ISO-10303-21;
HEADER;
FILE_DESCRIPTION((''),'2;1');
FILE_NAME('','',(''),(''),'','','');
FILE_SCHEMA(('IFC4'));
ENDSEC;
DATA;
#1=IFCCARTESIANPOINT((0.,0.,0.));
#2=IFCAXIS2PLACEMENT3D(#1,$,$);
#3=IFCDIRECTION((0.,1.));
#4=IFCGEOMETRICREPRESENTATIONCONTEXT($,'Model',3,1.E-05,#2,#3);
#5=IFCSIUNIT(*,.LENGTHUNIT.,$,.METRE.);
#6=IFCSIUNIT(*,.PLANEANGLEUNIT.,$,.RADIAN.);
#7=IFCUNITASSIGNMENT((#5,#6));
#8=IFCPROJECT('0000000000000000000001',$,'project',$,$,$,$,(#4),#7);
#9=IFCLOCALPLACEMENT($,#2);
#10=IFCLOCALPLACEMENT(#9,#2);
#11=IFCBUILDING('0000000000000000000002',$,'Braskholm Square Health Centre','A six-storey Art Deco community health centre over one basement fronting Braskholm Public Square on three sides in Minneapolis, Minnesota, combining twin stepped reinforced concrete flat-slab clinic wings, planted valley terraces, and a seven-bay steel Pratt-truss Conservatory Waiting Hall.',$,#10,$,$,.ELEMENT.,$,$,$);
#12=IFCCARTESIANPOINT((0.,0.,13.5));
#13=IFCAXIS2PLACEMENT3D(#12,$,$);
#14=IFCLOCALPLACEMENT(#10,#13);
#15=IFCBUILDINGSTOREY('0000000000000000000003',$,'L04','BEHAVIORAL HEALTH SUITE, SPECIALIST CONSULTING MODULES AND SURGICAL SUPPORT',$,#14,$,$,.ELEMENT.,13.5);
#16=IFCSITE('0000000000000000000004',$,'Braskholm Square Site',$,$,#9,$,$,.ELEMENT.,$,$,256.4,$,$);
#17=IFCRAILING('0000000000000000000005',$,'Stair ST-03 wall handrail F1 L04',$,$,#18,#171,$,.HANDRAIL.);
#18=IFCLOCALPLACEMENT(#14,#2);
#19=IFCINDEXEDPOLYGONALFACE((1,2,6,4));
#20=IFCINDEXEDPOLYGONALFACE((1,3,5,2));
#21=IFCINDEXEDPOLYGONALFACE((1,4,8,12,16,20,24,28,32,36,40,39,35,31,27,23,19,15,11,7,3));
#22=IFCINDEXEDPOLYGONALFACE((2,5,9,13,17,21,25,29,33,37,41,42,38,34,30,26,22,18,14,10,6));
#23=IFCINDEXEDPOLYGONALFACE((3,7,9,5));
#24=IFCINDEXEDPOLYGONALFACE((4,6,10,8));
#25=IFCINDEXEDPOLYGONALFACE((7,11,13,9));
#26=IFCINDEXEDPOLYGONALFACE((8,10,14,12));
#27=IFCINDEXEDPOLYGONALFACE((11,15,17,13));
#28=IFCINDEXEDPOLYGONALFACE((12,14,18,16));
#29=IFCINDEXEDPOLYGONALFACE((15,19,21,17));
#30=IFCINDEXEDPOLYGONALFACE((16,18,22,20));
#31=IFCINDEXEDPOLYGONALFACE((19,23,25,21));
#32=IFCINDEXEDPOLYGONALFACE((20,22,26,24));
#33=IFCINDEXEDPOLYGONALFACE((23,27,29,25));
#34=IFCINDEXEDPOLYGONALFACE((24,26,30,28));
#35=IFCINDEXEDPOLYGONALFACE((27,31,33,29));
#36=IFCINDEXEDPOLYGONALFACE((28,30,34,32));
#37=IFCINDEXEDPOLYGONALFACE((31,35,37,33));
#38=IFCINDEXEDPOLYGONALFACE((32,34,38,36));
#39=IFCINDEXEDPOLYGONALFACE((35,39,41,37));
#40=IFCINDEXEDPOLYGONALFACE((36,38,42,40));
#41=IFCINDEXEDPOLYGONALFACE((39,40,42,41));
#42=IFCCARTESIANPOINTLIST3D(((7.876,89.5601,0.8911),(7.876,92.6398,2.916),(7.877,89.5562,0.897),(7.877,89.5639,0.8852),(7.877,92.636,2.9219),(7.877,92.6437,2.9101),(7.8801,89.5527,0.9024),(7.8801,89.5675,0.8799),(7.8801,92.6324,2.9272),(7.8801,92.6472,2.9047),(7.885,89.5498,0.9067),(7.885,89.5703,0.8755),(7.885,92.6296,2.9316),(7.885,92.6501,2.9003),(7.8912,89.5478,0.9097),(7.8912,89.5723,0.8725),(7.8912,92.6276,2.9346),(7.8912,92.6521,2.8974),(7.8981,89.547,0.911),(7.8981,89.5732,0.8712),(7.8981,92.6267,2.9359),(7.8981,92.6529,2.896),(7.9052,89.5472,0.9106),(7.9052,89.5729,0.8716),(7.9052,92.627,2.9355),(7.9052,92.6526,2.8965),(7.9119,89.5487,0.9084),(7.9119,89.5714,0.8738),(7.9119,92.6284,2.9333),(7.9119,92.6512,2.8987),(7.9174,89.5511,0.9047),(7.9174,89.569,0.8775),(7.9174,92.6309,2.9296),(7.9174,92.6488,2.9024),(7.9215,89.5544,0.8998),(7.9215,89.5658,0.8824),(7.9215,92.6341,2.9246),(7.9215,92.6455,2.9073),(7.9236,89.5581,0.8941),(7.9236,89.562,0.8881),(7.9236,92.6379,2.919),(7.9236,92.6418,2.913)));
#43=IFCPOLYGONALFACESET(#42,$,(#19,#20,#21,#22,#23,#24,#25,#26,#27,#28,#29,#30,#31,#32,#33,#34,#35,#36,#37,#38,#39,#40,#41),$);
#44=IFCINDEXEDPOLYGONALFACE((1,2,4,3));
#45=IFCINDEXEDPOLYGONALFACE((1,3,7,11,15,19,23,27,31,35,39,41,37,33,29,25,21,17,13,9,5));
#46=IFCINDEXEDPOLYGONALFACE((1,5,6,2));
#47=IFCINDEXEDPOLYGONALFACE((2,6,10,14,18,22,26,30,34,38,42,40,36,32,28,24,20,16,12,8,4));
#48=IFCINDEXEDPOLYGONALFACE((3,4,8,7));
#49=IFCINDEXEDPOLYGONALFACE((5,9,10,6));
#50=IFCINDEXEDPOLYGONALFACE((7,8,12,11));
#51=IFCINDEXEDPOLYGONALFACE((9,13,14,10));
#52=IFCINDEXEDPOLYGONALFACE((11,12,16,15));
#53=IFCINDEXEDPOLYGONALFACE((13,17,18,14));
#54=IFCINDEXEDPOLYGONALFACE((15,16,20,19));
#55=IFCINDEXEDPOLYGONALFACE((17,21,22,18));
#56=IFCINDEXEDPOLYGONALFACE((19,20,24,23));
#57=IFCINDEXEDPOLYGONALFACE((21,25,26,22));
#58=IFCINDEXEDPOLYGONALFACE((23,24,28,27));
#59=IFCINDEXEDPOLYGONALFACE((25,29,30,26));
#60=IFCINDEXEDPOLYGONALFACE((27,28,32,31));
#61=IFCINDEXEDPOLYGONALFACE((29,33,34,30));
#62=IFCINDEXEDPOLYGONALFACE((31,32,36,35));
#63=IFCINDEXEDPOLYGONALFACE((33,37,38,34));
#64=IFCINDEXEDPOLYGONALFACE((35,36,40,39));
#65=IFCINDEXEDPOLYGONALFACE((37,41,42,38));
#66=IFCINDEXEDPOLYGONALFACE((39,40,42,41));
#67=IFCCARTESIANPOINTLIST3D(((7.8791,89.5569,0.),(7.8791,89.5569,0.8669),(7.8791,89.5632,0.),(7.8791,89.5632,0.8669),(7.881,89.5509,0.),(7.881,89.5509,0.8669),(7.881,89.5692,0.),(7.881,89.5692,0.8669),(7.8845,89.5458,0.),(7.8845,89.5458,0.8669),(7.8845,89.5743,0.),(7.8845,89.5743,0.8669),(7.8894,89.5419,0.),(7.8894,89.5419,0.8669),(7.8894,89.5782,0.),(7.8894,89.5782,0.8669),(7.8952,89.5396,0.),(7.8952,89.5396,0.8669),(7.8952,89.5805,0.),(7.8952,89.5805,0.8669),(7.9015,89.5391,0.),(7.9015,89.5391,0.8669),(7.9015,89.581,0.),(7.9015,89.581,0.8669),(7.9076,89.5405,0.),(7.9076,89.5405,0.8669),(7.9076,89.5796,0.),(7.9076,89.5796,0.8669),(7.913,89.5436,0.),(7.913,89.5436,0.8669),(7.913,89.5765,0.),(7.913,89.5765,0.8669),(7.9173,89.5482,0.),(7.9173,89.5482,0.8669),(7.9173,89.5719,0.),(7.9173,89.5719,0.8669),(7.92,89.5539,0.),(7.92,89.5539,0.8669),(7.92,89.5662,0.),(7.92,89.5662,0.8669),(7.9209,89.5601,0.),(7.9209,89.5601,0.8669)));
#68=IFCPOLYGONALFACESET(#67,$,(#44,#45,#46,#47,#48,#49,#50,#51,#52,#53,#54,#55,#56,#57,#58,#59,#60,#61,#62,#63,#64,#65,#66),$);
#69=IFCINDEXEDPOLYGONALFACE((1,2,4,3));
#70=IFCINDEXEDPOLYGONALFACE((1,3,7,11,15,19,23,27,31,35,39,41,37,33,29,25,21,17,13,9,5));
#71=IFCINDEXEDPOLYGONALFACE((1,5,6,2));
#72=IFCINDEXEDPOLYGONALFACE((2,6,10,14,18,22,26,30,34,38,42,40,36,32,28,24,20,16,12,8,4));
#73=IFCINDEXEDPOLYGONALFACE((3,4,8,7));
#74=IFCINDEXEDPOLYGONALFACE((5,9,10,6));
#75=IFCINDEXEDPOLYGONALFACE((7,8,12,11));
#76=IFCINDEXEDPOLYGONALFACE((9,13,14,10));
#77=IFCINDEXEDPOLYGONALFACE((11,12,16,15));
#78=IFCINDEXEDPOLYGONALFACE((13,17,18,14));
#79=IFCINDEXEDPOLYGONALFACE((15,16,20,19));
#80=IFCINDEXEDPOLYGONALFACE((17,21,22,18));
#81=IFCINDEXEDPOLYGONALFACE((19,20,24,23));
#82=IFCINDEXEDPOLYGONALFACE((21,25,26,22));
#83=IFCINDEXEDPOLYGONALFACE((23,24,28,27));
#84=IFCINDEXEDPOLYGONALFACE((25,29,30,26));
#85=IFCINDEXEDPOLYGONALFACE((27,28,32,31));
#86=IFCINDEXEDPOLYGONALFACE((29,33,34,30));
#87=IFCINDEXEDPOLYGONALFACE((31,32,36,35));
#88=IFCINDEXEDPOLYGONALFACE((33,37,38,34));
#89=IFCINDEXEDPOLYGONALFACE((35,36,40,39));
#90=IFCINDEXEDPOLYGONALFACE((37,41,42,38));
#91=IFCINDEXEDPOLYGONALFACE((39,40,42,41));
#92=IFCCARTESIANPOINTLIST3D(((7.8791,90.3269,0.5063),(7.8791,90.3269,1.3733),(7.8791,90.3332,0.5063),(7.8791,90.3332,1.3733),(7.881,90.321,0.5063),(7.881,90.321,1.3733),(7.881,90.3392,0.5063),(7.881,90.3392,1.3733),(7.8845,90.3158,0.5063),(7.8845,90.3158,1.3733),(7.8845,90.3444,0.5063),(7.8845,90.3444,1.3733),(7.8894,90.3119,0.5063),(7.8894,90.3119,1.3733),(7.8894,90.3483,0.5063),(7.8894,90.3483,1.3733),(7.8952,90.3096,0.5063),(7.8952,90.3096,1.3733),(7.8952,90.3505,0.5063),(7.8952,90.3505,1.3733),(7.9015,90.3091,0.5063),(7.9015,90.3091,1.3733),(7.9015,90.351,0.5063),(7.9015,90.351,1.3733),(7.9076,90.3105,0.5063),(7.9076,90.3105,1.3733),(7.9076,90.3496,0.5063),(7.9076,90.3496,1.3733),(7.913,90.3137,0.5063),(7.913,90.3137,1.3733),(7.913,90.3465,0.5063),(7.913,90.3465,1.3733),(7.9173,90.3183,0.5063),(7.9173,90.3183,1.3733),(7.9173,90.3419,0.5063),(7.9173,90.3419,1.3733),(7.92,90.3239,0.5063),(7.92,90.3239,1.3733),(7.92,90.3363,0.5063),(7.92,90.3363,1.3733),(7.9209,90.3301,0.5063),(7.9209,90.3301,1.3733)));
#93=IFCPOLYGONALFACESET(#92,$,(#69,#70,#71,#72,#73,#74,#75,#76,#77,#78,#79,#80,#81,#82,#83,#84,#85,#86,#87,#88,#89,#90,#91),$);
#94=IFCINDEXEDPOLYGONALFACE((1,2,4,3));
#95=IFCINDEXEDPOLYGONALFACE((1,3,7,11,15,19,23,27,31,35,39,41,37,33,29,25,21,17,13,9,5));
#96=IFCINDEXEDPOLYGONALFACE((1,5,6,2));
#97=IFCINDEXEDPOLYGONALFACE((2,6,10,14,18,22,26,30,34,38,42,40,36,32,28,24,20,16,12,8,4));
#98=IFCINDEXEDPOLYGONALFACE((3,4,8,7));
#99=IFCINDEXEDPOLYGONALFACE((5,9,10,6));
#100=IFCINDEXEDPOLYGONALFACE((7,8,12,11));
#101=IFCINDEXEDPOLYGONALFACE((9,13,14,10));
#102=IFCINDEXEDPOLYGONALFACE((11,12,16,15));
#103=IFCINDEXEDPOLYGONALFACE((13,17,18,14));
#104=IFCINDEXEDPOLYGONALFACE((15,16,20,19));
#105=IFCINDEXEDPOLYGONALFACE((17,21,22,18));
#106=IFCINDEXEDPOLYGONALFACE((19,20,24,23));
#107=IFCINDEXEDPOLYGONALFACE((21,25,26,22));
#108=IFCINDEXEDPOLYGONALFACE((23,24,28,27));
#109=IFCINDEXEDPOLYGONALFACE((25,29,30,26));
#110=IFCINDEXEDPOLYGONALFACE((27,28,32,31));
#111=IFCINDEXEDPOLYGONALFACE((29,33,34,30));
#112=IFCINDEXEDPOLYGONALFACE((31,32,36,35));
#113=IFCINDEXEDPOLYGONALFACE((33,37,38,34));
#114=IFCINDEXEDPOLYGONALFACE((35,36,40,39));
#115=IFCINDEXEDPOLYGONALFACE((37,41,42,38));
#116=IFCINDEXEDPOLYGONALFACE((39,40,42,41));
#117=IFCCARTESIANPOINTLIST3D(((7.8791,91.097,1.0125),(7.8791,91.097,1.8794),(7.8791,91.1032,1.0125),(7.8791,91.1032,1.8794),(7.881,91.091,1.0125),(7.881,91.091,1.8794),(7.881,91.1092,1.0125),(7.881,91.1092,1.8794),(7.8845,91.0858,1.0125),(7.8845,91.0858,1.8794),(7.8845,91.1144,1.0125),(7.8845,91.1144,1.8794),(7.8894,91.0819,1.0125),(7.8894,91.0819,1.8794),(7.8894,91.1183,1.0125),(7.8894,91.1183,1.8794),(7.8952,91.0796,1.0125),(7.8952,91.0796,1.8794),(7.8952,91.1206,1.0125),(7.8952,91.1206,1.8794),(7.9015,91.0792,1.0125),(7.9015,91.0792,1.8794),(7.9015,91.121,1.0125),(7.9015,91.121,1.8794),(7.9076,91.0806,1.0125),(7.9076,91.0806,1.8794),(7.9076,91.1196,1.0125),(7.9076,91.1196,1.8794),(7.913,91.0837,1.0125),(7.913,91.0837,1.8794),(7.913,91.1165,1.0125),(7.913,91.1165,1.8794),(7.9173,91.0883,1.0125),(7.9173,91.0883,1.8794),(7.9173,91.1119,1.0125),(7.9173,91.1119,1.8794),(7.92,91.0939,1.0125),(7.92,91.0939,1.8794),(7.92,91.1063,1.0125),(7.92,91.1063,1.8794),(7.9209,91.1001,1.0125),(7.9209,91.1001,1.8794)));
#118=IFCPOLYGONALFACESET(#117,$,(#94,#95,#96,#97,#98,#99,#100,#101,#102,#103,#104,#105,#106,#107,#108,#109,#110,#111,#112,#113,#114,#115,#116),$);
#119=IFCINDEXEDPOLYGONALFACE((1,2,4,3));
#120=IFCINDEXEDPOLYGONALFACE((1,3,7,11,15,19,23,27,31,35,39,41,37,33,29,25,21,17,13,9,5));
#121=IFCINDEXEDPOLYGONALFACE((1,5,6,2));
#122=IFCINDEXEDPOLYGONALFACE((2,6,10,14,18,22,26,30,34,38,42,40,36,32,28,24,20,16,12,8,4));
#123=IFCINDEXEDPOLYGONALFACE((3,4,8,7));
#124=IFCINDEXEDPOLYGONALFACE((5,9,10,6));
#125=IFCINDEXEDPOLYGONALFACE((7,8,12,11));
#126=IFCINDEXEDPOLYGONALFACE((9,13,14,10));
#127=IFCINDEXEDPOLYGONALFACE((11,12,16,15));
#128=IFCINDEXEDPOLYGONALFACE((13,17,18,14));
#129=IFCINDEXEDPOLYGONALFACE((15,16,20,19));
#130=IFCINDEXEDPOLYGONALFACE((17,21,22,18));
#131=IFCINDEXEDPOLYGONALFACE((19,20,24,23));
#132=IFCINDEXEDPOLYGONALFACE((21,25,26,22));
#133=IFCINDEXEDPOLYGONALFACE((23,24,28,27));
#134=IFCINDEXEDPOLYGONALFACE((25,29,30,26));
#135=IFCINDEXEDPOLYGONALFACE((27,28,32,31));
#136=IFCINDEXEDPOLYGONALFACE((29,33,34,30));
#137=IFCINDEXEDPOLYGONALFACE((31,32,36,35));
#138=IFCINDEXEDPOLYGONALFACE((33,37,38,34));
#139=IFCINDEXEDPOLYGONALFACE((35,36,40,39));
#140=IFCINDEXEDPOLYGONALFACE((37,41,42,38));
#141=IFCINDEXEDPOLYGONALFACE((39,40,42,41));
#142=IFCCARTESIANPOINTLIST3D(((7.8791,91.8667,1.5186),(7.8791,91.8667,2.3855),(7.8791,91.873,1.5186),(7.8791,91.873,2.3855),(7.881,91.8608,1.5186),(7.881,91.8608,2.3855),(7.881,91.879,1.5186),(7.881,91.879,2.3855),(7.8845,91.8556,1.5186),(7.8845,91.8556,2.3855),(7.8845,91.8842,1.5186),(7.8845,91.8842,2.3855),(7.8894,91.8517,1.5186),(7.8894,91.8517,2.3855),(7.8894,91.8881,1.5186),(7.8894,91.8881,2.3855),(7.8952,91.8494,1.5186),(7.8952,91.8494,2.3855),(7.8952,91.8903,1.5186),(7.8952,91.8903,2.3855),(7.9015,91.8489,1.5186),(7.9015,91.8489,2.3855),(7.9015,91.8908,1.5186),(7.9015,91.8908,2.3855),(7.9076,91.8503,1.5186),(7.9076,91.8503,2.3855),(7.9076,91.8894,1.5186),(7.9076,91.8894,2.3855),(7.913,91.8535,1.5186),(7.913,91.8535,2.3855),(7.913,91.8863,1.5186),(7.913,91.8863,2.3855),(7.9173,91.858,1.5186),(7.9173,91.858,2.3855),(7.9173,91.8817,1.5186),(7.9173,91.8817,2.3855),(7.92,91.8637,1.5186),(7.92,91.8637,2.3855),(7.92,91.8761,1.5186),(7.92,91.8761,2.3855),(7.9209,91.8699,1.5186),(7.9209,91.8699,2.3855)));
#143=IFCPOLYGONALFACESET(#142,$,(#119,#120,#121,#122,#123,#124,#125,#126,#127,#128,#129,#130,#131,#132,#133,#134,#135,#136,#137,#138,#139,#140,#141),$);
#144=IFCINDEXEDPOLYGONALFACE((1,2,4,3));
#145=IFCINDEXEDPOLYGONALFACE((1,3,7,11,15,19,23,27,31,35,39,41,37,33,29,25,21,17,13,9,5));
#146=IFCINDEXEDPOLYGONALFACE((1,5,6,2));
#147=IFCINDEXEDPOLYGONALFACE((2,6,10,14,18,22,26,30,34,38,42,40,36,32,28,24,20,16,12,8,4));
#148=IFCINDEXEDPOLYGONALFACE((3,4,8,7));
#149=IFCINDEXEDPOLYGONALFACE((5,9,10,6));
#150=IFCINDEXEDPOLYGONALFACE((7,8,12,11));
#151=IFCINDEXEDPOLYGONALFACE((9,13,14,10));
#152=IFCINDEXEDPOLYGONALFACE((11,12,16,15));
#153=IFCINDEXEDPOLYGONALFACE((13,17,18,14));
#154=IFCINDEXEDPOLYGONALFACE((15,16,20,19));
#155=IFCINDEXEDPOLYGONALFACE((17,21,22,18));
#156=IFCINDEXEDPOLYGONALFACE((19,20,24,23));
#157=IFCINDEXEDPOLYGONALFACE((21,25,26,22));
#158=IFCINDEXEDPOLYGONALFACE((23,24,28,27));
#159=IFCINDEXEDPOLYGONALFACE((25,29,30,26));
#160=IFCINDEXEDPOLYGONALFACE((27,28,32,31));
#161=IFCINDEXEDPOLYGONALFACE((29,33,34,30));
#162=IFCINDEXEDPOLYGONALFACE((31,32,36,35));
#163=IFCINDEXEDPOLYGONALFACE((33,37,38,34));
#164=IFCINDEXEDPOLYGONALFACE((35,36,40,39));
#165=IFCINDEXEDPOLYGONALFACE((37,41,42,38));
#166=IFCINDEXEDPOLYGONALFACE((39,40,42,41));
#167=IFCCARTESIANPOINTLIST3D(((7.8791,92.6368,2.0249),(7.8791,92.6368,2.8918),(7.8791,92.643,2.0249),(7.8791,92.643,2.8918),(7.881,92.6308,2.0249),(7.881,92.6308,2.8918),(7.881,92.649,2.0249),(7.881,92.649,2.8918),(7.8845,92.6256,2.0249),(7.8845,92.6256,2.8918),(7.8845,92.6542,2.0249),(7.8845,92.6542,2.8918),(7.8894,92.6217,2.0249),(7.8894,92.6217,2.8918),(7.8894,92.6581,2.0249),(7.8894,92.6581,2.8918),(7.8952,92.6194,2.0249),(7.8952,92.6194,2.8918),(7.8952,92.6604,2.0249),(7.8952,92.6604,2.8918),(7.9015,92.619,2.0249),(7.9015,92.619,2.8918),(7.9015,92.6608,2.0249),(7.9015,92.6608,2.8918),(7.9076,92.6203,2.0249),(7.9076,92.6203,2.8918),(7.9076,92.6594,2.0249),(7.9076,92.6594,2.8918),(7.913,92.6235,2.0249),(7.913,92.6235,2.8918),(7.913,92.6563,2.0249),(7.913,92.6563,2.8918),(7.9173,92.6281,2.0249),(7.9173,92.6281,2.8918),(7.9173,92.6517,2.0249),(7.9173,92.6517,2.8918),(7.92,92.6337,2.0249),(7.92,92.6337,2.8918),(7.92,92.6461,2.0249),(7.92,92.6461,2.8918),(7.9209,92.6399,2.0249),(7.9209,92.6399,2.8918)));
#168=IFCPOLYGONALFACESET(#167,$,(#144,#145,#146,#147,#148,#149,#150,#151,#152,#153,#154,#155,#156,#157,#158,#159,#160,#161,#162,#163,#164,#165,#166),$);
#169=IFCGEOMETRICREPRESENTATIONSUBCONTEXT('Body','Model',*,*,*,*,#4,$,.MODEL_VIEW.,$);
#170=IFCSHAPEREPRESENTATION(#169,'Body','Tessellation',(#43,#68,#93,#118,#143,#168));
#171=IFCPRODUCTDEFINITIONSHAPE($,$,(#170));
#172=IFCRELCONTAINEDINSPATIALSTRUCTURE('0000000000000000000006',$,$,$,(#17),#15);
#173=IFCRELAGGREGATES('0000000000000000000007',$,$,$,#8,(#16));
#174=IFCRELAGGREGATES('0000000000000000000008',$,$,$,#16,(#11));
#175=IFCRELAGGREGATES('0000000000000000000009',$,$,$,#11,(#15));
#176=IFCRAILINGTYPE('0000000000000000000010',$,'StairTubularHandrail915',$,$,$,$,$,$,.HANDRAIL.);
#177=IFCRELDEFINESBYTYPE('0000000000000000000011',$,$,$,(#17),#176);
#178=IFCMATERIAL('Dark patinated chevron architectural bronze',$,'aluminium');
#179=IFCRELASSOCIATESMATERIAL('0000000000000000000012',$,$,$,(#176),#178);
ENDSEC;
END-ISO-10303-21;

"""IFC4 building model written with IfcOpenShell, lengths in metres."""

from ifc_helpers import new_model, si_unit, direction, frame, origin, origin_2d, place, context, subcontext, project, spatial, circle, extrude, material, type_object, element, save


model = new_model("IFC4")

# Units and contexts
model_context = context("Model", 3, precision=1e-05, world=origin(), true_north=direction((0.0, 1.0)))
body_context = subcontext(model_context, "Body", "Model", "MODEL_VIEW")
ifc_project = project(units=[si_unit("LENGTHUNIT", "METRE"), si_unit("PLANEANGLEUNIT", "RADIAN")], contexts=[model_context])

# Site, building, storey
site_placement = place(None, origin())
site = spatial("IfcSite", under=ifc_project, at=site_placement, Name="Braskholm Square Site", CompositionType="ELEMENT", RefElevation=256.4)
building_placement = place(site_placement, origin())
building = spatial("IfcBuilding", under=site, at=building_placement, Name="Braskholm Square Health Centre", Description="A six-storey Art Deco community health centre over one basement fronting Braskholm Public Square on three sides in Minneapolis, Minnesota, combining twin stepped reinforced concrete flat-slab clinic wings, planted valley terraces, and a seven-bay steel Pratt-truss Conservatory Waiting Hall.", CompositionType="ELEMENT")
storey_placement = place(building_placement, frame((0.0, 0.0, 13.5)))
storey = spatial("IfcBuildingStorey", under=building, at=storey_placement, Name="L04", Description="BEHAVIORAL HEALTH SUITE, SPECIALIST CONSULTING MODULES AND SURGICAL SUPPORT", CompositionType="ELEMENT", Elevation=13.5)

# Railing
ifc_material_1 = material(Name="Dark patinated chevron architectural bronze", Category="aluminium")
railing_type_1 = type_object("IfcRailingType", Name="StairTubularHandrail915", PredefinedType="HANDRAIL", material=ifc_material_1)
railing_1_placement = place(storey_placement, frame((7.8999, 89.5601, 0.0)))
element("IfcRailing", 1, at=railing_1_placement, inside=storey, type_object=railing_type_1, Name="Stair ST-03 wall handrail F1 L04", PredefinedType="HANDRAIL", context=body_context, shape_type="SweptSolid", body=[
    extrude(circle(Radius=0.0239, at=origin_2d()), frame((0.0, 0.0, 0.8911), z_axis=(0.0, 0.83558, 0.54937), x_axis=(-1.0, 0.0, 0.0)), (0.0, 0.0, 1.0), 3.6858),
    extrude(circle(Radius=0.021, at=origin_2d()), origin(), (0.0, 0.0, 1.0), 0.8669),
    extrude(circle(Radius=0.021, at=origin_2d()), frame((0.0, 0.77, 0.5063)), (0.0, 0.0, 1.0), 0.8669),
    extrude(circle(Radius=0.021, at=origin_2d()), frame((0.0, 1.54, 1.0125)), (0.0, 0.0, 1.0), 0.8669),
    extrude(circle(Radius=0.021, at=origin_2d()), frame((0.0, 2.3098, 1.5186)), (0.0, 0.0, 1.0), 0.8669),
    extrude(circle(Radius=0.021, at=origin_2d()), frame((0.0, 3.0798, 2.0249)), (0.0, 0.0, 1.0), 0.8669),
])

save(model, "model.ifc")
